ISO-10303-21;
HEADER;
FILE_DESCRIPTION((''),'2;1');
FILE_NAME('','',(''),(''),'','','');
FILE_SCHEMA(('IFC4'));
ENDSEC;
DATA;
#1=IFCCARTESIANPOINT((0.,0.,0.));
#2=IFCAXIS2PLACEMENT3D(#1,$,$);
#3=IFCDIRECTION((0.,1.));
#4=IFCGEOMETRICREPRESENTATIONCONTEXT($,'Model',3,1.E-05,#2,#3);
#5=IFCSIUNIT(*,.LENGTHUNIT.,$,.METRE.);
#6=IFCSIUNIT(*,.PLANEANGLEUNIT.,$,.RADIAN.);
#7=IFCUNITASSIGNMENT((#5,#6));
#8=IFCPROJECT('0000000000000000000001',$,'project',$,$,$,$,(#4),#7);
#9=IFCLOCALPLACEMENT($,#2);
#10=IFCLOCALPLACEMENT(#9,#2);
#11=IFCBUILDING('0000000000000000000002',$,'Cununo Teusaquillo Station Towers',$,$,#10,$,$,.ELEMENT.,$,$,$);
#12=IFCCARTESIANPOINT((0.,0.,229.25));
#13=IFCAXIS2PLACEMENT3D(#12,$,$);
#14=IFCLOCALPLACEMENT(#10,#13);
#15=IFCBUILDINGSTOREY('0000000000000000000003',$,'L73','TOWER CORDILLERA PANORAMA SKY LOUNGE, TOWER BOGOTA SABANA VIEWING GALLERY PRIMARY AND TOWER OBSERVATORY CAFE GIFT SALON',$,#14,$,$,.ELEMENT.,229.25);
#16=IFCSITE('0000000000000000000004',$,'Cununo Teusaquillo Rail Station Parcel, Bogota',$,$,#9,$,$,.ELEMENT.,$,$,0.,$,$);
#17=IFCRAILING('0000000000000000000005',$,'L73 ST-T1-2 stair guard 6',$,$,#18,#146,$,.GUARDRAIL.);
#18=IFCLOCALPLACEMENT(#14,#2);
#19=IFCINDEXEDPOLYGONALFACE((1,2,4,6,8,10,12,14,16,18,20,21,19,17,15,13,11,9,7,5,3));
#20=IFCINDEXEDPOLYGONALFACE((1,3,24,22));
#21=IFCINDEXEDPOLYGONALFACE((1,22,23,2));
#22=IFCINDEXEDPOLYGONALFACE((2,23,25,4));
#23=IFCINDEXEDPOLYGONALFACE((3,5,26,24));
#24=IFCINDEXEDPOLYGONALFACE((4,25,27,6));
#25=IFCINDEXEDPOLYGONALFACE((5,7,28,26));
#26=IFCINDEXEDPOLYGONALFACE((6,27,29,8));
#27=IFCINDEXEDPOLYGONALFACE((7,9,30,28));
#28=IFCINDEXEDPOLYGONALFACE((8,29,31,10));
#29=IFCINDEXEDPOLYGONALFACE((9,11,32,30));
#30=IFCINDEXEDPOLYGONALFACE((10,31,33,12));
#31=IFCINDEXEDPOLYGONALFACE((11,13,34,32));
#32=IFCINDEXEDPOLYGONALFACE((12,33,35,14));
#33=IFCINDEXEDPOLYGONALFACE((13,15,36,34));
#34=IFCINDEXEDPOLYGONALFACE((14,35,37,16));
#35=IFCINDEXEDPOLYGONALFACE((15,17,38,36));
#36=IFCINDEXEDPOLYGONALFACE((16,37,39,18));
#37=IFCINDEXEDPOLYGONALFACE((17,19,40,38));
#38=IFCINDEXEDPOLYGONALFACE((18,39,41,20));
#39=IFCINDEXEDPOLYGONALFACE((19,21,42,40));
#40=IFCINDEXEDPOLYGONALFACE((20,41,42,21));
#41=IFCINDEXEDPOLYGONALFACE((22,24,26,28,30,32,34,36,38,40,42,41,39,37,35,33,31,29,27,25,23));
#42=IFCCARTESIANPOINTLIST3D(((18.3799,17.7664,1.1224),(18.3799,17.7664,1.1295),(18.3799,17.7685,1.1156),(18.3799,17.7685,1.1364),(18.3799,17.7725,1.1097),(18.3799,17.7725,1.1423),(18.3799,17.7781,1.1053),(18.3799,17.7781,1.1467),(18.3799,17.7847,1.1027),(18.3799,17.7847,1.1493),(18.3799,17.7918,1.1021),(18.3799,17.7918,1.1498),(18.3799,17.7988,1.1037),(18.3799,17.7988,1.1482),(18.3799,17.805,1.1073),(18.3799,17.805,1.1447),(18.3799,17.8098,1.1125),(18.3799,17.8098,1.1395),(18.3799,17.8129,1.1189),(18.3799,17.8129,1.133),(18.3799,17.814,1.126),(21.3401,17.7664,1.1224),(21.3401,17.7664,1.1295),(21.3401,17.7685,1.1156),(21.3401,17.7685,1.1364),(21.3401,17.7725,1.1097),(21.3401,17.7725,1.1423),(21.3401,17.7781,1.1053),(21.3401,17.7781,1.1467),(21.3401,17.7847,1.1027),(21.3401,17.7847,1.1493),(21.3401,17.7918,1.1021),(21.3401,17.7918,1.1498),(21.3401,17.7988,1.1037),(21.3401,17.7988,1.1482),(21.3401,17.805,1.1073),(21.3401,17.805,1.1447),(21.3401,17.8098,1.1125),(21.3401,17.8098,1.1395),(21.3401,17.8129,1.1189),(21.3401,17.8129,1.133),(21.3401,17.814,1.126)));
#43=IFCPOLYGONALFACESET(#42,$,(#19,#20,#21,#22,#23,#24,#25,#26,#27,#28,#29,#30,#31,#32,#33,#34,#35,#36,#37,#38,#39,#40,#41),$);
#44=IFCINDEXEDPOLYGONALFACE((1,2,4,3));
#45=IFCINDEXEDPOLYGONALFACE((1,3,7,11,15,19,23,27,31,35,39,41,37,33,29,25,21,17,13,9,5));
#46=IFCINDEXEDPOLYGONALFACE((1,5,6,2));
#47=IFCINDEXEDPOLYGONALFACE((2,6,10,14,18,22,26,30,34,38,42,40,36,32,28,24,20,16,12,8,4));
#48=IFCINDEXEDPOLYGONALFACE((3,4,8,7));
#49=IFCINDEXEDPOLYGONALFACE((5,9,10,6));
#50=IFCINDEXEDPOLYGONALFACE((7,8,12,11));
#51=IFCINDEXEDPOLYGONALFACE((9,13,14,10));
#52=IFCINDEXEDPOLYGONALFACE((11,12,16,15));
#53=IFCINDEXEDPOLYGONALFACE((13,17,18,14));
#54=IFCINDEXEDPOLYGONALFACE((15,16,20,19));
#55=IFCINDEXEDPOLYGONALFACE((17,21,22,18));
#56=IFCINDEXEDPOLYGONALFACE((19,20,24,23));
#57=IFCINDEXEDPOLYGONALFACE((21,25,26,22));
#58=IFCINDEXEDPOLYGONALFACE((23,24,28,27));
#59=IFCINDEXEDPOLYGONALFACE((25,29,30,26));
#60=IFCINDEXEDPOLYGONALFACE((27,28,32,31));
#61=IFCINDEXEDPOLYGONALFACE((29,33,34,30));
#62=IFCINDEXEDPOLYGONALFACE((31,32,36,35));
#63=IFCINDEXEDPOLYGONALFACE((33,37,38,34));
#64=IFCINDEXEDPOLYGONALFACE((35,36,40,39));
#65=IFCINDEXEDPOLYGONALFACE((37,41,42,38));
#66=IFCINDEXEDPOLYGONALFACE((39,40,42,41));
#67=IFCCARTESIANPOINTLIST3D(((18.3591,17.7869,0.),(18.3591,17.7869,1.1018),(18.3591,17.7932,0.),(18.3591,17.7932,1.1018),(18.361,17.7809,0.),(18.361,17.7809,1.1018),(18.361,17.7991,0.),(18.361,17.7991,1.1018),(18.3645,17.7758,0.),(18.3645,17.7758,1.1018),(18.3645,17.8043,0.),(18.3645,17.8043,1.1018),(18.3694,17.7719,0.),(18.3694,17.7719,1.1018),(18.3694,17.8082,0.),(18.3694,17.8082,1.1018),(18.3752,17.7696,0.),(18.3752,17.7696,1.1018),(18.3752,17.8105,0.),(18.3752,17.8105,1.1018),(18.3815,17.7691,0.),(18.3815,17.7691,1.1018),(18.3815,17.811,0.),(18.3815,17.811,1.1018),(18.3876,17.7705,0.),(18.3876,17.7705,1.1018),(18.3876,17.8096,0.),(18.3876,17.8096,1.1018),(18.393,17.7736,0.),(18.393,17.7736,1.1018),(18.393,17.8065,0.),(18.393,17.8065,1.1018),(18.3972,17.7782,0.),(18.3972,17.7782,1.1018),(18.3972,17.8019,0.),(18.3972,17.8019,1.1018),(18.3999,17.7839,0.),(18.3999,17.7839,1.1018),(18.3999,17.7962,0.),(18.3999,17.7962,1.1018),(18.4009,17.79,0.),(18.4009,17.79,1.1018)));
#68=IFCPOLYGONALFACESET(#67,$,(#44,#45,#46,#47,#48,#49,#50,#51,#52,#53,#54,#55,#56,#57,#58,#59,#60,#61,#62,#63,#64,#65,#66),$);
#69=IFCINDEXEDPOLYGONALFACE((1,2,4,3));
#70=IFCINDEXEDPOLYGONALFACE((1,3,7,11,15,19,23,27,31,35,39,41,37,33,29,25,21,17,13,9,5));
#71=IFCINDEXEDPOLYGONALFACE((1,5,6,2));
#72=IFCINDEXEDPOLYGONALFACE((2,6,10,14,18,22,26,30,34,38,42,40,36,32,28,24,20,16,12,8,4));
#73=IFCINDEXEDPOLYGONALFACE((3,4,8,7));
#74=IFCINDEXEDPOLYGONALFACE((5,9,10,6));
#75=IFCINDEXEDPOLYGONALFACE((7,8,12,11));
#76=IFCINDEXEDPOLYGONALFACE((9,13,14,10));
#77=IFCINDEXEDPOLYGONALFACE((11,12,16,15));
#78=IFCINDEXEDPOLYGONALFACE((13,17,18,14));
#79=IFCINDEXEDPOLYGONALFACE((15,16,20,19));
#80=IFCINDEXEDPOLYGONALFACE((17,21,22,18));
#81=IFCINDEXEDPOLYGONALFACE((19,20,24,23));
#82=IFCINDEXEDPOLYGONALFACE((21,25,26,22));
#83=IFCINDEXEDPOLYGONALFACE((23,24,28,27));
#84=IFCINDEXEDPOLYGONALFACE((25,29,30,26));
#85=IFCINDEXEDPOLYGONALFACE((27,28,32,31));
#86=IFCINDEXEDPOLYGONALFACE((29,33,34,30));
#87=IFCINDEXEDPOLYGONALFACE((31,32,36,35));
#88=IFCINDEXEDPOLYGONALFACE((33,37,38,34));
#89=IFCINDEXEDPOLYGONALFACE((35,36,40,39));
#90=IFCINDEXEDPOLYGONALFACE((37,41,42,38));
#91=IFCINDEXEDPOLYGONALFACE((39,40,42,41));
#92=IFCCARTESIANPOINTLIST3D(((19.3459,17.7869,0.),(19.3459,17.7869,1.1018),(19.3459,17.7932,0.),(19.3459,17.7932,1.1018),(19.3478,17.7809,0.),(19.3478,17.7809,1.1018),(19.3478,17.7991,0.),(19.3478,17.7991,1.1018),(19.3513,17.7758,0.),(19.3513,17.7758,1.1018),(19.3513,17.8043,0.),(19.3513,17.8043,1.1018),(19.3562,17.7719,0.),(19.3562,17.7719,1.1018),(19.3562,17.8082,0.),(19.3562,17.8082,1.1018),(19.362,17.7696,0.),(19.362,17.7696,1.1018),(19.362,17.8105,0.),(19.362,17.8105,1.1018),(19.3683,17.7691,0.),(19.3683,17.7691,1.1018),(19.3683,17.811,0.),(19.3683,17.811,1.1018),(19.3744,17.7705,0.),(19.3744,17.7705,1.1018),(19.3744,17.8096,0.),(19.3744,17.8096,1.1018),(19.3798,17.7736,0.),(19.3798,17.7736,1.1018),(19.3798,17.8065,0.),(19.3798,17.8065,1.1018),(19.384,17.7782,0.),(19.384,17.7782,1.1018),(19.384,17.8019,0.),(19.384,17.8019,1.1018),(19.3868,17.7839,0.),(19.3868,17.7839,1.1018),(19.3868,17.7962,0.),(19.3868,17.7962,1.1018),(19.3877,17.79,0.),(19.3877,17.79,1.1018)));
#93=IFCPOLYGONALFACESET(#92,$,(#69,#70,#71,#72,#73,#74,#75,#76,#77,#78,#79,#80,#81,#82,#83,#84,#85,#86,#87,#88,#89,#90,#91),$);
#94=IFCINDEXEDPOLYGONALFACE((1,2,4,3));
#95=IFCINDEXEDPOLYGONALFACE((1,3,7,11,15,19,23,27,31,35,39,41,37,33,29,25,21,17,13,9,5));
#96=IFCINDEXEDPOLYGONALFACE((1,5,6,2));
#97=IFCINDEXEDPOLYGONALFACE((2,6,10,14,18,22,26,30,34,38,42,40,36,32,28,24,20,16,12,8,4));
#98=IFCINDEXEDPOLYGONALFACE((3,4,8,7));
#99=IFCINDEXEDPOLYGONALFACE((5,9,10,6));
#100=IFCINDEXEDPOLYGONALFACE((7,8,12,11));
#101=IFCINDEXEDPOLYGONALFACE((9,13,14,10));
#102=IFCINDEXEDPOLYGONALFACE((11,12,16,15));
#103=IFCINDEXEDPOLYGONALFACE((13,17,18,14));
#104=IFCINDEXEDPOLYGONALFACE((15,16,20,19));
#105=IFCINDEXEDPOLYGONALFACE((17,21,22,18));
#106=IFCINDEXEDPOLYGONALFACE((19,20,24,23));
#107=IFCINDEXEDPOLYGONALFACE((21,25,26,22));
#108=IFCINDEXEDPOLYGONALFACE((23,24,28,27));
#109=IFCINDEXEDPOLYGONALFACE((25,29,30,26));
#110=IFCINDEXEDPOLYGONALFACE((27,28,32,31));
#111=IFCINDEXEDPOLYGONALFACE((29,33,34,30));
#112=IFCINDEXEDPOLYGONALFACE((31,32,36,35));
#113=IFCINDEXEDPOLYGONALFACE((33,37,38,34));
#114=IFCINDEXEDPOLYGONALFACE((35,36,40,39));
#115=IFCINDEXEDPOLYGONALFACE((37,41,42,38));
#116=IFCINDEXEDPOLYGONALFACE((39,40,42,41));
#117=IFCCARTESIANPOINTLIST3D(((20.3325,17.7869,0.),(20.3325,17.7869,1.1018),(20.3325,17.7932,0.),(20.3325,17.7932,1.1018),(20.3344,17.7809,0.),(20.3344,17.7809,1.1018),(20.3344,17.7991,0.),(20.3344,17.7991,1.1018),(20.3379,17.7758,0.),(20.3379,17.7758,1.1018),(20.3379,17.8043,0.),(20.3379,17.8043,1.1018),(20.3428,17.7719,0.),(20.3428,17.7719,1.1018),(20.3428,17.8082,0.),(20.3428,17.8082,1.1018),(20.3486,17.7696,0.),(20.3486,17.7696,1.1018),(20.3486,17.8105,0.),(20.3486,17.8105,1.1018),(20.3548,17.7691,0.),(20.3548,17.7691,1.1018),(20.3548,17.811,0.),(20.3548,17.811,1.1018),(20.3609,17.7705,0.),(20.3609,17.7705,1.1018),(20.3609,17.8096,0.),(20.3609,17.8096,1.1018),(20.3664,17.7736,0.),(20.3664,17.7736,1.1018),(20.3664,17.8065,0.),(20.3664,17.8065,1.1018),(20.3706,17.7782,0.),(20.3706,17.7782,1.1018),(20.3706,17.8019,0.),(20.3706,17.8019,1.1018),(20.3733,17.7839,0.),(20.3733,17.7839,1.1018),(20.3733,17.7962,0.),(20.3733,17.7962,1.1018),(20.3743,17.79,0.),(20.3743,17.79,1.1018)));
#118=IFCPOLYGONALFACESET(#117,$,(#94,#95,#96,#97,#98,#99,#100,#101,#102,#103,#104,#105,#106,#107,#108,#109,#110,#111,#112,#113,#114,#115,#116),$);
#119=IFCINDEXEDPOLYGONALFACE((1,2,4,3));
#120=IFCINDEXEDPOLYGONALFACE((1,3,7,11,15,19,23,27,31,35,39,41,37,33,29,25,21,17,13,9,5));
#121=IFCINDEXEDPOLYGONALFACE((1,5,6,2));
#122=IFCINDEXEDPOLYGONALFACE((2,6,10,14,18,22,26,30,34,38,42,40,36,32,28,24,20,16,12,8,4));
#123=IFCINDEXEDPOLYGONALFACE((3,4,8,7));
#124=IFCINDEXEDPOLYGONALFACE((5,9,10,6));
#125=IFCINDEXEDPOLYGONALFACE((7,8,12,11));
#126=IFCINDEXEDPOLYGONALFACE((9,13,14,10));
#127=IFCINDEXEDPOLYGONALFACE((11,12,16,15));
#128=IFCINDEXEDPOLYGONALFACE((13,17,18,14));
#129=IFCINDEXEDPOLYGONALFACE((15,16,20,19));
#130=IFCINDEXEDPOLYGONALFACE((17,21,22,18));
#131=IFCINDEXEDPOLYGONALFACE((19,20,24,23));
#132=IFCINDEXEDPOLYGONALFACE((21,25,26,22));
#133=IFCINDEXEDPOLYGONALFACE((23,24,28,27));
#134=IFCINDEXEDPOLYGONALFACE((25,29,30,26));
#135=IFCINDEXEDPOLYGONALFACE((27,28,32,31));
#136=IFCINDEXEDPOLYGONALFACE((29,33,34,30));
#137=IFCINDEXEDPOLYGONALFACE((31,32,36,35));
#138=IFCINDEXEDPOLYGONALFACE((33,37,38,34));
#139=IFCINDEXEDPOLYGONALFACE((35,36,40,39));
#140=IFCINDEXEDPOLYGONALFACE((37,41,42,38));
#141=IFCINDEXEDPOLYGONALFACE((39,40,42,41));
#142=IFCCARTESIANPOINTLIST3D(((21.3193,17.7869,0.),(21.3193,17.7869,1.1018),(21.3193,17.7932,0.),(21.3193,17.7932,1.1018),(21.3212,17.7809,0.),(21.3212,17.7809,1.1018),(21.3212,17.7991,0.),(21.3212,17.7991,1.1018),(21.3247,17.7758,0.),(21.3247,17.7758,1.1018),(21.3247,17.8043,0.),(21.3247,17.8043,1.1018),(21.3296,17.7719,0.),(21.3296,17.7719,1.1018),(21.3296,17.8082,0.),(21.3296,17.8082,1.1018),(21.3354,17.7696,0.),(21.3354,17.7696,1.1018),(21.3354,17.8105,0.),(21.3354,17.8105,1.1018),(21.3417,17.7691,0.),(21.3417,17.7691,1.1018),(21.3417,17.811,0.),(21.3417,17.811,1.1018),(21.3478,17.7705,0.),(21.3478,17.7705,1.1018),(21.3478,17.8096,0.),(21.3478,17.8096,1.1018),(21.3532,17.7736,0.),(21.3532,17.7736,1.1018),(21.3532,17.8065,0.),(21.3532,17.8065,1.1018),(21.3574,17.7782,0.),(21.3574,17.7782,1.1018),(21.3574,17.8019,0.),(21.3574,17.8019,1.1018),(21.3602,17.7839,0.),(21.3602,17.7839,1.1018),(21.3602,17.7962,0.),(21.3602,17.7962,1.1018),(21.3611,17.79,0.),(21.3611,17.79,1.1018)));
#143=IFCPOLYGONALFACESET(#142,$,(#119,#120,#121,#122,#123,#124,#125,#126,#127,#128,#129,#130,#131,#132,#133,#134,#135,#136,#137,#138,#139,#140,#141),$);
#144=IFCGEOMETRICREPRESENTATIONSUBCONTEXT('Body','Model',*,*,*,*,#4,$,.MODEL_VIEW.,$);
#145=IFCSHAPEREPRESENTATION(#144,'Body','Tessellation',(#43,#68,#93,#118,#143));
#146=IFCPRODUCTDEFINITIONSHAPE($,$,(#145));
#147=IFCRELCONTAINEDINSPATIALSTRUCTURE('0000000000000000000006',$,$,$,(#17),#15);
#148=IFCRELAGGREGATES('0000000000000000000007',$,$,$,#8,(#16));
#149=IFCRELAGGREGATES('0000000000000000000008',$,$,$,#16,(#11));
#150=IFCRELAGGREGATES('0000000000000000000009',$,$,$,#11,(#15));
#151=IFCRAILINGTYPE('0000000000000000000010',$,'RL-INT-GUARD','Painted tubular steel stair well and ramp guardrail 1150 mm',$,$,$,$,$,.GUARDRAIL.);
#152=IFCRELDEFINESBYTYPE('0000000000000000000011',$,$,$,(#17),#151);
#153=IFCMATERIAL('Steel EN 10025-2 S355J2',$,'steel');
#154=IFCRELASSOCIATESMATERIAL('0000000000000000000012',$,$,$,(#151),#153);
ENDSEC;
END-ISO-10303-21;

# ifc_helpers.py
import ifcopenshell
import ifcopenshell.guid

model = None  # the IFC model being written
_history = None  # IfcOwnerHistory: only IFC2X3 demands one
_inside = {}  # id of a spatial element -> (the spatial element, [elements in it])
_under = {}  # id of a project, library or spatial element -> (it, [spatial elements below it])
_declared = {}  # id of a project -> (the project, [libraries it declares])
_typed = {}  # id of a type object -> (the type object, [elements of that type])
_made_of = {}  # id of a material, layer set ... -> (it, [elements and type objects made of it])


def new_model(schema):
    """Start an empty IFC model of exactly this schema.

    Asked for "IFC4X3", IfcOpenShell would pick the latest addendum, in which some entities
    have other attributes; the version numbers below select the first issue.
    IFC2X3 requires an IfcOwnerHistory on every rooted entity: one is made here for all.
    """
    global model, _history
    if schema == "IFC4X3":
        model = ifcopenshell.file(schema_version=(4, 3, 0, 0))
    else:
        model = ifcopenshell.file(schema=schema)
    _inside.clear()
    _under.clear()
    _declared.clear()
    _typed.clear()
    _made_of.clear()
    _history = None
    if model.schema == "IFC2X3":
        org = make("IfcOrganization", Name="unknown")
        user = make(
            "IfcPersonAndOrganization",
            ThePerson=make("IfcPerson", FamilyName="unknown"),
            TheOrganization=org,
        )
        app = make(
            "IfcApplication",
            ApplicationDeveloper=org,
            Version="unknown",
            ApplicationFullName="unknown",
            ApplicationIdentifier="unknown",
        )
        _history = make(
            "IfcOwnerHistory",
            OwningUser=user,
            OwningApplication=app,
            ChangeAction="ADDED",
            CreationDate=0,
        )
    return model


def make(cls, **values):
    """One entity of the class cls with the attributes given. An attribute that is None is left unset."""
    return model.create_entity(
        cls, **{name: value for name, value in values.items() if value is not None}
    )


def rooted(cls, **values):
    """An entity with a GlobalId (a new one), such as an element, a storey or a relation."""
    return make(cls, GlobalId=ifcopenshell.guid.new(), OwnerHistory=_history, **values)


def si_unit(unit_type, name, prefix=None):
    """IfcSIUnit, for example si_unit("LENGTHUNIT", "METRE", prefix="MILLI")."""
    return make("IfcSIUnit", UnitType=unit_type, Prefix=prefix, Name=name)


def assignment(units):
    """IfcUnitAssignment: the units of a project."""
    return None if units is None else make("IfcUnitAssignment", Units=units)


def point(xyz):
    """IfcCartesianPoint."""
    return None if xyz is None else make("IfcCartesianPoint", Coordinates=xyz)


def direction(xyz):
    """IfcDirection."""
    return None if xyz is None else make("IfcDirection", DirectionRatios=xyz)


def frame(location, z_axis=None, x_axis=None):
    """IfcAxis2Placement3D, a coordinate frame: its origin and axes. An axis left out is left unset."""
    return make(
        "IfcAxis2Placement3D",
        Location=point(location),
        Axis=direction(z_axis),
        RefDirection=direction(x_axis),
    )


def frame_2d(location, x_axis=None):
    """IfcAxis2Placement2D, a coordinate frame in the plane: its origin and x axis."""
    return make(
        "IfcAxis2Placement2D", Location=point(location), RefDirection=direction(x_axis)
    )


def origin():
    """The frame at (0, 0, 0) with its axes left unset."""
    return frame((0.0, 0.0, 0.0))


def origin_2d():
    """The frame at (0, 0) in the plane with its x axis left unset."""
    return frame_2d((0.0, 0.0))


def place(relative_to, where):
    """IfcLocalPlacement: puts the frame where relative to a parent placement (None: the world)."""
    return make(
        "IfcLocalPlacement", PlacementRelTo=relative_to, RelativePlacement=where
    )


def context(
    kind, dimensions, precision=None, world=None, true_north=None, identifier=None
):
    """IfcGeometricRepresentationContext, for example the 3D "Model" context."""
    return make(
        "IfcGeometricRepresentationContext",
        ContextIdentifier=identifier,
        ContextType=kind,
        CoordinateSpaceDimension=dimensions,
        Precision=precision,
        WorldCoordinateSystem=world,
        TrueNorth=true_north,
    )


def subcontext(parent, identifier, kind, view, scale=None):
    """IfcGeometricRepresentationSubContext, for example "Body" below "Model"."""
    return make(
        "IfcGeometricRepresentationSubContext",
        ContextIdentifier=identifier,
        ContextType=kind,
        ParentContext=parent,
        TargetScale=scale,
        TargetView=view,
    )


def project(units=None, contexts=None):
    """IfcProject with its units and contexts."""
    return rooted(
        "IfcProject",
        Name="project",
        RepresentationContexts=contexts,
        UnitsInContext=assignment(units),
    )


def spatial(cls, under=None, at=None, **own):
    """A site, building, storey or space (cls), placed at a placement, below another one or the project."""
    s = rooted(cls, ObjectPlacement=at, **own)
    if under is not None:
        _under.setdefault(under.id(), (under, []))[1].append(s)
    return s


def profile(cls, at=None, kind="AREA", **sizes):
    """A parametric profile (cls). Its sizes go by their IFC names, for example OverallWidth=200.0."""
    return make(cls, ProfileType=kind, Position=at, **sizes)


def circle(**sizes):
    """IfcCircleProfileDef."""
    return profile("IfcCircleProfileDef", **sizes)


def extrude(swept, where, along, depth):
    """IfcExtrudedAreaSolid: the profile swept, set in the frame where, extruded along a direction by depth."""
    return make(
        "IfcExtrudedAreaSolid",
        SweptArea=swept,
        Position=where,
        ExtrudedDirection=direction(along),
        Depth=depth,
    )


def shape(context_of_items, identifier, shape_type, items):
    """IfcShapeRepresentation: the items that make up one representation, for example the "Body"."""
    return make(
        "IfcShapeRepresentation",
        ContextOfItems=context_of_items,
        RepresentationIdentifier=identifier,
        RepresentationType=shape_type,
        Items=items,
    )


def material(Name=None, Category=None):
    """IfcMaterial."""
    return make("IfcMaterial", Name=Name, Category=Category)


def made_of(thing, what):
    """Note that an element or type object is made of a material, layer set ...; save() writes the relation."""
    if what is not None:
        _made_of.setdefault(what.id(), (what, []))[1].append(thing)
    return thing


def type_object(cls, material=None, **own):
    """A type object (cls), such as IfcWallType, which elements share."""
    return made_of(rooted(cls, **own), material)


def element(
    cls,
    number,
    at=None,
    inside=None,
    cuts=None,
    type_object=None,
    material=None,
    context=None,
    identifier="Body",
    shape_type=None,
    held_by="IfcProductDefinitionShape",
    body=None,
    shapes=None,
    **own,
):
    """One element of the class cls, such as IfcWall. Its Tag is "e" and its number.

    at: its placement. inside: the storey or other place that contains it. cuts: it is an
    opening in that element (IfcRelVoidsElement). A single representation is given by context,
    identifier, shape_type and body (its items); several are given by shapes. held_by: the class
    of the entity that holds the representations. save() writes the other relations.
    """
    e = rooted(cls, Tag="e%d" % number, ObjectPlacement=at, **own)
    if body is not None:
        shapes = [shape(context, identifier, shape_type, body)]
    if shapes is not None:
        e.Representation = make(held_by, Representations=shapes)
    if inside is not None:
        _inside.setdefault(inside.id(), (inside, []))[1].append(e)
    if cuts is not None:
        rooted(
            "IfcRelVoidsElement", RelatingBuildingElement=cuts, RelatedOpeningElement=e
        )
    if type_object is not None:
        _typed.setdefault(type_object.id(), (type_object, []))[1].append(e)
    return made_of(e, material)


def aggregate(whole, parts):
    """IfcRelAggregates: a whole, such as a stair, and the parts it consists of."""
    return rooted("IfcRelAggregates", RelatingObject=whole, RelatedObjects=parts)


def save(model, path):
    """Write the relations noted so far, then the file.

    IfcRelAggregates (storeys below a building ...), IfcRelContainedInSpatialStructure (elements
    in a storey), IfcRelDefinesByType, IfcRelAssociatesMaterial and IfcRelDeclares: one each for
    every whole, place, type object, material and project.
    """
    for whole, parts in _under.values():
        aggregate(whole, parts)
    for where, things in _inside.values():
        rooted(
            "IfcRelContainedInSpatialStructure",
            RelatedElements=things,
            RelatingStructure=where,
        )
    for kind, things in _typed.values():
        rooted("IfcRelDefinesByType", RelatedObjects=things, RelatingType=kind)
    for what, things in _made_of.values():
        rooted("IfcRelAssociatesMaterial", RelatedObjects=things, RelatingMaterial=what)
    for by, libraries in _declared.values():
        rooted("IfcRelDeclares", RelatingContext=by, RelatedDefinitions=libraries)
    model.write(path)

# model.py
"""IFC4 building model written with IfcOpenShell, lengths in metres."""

from ifc_helpers import new_model, si_unit, direction, frame, origin, origin_2d, place, context, subcontext, project, spatial, circle, extrude, material, type_object, element, save


model = new_model("IFC4")

# Units and contexts
model_context = context("Model", 3, precision=1e-05, world=origin(), true_north=direction((0.0, 1.0)))
body_context = subcontext(model_context, "Body", "Model", "MODEL_VIEW")
ifc_project = project(units=[si_unit("LENGTHUNIT", "METRE"), si_unit("PLANEANGLEUNIT", "RADIAN")], contexts=[model_context])

# Site, building, storey
site_placement = place(None, origin())
site = spatial("IfcSite", under=ifc_project, at=site_placement, Name="Cununo Teusaquillo Rail Station Parcel, Bogota", CompositionType="ELEMENT", RefElevation=0.0)
building_placement = place(site_placement, origin())
building = spatial("IfcBuilding", under=site, at=building_placement, Name="Cununo Teusaquillo Station Towers", CompositionType="ELEMENT")
storey_placement = place(building_placement, frame((0.0, 0.0, 229.25)))
storey = spatial("IfcBuildingStorey", under=building, at=storey_placement, Name="L73", Description="TOWER CORDILLERA PANORAMA SKY LOUNGE, TOWER BOGOTA SABANA VIEWING GALLERY PRIMARY AND TOWER OBSERVATORY CAFE GIFT SALON", CompositionType="ELEMENT", Elevation=229.25)

# Railing
ifc_material_1 = material(Name="Steel EN 10025-2 S355J2", Category="steel")
railing_type_1 = type_object("IfcRailingType", Name="RL-INT-GUARD", Description="Painted tubular steel stair well and ramp guardrail 1150 mm", PredefinedType="GUARDRAIL", material=ifc_material_1)
railing_1_placement = place(storey_placement, frame((18.3799, 17.79, 0.0)))
element("IfcRailing", 1, at=railing_1_placement, inside=storey, type_object=railing_type_1, Name="L73 ST-T1-2 stair guard 6", PredefinedType="GUARDRAIL", context=body_context, shape_type="SweptSolid", body=[
    extrude(circle(Radius=0.0239, at=origin_2d()), frame((0.0, 0.0, 1.126), z_axis=(1.0, 0.0, 0.0), x_axis=(0.0, 1.0, 0.0)), (0.0, 0.0, 1.0), 2.9602),
    extrude(circle(Radius=0.021, at=origin_2d()), origin(), (0.0, 0.0, 1.0), 1.1018),
    extrude(circle(Radius=0.021, at=origin_2d()), frame((0.9868, 0.0, 0.0)), (0.0, 0.0, 1.0), 1.1018),
    extrude(circle(Radius=0.021, at=origin_2d()), frame((1.9734, 0.0, 0.0)), (0.0, 0.0, 1.0), 1.1018),
    extrude(circle(Radius=0.021, at=origin_2d()), frame((2.9602, 0.0, 0.0)), (0.0, 0.0, 1.0), 1.1018),
])

save(model, "model.ifc")
